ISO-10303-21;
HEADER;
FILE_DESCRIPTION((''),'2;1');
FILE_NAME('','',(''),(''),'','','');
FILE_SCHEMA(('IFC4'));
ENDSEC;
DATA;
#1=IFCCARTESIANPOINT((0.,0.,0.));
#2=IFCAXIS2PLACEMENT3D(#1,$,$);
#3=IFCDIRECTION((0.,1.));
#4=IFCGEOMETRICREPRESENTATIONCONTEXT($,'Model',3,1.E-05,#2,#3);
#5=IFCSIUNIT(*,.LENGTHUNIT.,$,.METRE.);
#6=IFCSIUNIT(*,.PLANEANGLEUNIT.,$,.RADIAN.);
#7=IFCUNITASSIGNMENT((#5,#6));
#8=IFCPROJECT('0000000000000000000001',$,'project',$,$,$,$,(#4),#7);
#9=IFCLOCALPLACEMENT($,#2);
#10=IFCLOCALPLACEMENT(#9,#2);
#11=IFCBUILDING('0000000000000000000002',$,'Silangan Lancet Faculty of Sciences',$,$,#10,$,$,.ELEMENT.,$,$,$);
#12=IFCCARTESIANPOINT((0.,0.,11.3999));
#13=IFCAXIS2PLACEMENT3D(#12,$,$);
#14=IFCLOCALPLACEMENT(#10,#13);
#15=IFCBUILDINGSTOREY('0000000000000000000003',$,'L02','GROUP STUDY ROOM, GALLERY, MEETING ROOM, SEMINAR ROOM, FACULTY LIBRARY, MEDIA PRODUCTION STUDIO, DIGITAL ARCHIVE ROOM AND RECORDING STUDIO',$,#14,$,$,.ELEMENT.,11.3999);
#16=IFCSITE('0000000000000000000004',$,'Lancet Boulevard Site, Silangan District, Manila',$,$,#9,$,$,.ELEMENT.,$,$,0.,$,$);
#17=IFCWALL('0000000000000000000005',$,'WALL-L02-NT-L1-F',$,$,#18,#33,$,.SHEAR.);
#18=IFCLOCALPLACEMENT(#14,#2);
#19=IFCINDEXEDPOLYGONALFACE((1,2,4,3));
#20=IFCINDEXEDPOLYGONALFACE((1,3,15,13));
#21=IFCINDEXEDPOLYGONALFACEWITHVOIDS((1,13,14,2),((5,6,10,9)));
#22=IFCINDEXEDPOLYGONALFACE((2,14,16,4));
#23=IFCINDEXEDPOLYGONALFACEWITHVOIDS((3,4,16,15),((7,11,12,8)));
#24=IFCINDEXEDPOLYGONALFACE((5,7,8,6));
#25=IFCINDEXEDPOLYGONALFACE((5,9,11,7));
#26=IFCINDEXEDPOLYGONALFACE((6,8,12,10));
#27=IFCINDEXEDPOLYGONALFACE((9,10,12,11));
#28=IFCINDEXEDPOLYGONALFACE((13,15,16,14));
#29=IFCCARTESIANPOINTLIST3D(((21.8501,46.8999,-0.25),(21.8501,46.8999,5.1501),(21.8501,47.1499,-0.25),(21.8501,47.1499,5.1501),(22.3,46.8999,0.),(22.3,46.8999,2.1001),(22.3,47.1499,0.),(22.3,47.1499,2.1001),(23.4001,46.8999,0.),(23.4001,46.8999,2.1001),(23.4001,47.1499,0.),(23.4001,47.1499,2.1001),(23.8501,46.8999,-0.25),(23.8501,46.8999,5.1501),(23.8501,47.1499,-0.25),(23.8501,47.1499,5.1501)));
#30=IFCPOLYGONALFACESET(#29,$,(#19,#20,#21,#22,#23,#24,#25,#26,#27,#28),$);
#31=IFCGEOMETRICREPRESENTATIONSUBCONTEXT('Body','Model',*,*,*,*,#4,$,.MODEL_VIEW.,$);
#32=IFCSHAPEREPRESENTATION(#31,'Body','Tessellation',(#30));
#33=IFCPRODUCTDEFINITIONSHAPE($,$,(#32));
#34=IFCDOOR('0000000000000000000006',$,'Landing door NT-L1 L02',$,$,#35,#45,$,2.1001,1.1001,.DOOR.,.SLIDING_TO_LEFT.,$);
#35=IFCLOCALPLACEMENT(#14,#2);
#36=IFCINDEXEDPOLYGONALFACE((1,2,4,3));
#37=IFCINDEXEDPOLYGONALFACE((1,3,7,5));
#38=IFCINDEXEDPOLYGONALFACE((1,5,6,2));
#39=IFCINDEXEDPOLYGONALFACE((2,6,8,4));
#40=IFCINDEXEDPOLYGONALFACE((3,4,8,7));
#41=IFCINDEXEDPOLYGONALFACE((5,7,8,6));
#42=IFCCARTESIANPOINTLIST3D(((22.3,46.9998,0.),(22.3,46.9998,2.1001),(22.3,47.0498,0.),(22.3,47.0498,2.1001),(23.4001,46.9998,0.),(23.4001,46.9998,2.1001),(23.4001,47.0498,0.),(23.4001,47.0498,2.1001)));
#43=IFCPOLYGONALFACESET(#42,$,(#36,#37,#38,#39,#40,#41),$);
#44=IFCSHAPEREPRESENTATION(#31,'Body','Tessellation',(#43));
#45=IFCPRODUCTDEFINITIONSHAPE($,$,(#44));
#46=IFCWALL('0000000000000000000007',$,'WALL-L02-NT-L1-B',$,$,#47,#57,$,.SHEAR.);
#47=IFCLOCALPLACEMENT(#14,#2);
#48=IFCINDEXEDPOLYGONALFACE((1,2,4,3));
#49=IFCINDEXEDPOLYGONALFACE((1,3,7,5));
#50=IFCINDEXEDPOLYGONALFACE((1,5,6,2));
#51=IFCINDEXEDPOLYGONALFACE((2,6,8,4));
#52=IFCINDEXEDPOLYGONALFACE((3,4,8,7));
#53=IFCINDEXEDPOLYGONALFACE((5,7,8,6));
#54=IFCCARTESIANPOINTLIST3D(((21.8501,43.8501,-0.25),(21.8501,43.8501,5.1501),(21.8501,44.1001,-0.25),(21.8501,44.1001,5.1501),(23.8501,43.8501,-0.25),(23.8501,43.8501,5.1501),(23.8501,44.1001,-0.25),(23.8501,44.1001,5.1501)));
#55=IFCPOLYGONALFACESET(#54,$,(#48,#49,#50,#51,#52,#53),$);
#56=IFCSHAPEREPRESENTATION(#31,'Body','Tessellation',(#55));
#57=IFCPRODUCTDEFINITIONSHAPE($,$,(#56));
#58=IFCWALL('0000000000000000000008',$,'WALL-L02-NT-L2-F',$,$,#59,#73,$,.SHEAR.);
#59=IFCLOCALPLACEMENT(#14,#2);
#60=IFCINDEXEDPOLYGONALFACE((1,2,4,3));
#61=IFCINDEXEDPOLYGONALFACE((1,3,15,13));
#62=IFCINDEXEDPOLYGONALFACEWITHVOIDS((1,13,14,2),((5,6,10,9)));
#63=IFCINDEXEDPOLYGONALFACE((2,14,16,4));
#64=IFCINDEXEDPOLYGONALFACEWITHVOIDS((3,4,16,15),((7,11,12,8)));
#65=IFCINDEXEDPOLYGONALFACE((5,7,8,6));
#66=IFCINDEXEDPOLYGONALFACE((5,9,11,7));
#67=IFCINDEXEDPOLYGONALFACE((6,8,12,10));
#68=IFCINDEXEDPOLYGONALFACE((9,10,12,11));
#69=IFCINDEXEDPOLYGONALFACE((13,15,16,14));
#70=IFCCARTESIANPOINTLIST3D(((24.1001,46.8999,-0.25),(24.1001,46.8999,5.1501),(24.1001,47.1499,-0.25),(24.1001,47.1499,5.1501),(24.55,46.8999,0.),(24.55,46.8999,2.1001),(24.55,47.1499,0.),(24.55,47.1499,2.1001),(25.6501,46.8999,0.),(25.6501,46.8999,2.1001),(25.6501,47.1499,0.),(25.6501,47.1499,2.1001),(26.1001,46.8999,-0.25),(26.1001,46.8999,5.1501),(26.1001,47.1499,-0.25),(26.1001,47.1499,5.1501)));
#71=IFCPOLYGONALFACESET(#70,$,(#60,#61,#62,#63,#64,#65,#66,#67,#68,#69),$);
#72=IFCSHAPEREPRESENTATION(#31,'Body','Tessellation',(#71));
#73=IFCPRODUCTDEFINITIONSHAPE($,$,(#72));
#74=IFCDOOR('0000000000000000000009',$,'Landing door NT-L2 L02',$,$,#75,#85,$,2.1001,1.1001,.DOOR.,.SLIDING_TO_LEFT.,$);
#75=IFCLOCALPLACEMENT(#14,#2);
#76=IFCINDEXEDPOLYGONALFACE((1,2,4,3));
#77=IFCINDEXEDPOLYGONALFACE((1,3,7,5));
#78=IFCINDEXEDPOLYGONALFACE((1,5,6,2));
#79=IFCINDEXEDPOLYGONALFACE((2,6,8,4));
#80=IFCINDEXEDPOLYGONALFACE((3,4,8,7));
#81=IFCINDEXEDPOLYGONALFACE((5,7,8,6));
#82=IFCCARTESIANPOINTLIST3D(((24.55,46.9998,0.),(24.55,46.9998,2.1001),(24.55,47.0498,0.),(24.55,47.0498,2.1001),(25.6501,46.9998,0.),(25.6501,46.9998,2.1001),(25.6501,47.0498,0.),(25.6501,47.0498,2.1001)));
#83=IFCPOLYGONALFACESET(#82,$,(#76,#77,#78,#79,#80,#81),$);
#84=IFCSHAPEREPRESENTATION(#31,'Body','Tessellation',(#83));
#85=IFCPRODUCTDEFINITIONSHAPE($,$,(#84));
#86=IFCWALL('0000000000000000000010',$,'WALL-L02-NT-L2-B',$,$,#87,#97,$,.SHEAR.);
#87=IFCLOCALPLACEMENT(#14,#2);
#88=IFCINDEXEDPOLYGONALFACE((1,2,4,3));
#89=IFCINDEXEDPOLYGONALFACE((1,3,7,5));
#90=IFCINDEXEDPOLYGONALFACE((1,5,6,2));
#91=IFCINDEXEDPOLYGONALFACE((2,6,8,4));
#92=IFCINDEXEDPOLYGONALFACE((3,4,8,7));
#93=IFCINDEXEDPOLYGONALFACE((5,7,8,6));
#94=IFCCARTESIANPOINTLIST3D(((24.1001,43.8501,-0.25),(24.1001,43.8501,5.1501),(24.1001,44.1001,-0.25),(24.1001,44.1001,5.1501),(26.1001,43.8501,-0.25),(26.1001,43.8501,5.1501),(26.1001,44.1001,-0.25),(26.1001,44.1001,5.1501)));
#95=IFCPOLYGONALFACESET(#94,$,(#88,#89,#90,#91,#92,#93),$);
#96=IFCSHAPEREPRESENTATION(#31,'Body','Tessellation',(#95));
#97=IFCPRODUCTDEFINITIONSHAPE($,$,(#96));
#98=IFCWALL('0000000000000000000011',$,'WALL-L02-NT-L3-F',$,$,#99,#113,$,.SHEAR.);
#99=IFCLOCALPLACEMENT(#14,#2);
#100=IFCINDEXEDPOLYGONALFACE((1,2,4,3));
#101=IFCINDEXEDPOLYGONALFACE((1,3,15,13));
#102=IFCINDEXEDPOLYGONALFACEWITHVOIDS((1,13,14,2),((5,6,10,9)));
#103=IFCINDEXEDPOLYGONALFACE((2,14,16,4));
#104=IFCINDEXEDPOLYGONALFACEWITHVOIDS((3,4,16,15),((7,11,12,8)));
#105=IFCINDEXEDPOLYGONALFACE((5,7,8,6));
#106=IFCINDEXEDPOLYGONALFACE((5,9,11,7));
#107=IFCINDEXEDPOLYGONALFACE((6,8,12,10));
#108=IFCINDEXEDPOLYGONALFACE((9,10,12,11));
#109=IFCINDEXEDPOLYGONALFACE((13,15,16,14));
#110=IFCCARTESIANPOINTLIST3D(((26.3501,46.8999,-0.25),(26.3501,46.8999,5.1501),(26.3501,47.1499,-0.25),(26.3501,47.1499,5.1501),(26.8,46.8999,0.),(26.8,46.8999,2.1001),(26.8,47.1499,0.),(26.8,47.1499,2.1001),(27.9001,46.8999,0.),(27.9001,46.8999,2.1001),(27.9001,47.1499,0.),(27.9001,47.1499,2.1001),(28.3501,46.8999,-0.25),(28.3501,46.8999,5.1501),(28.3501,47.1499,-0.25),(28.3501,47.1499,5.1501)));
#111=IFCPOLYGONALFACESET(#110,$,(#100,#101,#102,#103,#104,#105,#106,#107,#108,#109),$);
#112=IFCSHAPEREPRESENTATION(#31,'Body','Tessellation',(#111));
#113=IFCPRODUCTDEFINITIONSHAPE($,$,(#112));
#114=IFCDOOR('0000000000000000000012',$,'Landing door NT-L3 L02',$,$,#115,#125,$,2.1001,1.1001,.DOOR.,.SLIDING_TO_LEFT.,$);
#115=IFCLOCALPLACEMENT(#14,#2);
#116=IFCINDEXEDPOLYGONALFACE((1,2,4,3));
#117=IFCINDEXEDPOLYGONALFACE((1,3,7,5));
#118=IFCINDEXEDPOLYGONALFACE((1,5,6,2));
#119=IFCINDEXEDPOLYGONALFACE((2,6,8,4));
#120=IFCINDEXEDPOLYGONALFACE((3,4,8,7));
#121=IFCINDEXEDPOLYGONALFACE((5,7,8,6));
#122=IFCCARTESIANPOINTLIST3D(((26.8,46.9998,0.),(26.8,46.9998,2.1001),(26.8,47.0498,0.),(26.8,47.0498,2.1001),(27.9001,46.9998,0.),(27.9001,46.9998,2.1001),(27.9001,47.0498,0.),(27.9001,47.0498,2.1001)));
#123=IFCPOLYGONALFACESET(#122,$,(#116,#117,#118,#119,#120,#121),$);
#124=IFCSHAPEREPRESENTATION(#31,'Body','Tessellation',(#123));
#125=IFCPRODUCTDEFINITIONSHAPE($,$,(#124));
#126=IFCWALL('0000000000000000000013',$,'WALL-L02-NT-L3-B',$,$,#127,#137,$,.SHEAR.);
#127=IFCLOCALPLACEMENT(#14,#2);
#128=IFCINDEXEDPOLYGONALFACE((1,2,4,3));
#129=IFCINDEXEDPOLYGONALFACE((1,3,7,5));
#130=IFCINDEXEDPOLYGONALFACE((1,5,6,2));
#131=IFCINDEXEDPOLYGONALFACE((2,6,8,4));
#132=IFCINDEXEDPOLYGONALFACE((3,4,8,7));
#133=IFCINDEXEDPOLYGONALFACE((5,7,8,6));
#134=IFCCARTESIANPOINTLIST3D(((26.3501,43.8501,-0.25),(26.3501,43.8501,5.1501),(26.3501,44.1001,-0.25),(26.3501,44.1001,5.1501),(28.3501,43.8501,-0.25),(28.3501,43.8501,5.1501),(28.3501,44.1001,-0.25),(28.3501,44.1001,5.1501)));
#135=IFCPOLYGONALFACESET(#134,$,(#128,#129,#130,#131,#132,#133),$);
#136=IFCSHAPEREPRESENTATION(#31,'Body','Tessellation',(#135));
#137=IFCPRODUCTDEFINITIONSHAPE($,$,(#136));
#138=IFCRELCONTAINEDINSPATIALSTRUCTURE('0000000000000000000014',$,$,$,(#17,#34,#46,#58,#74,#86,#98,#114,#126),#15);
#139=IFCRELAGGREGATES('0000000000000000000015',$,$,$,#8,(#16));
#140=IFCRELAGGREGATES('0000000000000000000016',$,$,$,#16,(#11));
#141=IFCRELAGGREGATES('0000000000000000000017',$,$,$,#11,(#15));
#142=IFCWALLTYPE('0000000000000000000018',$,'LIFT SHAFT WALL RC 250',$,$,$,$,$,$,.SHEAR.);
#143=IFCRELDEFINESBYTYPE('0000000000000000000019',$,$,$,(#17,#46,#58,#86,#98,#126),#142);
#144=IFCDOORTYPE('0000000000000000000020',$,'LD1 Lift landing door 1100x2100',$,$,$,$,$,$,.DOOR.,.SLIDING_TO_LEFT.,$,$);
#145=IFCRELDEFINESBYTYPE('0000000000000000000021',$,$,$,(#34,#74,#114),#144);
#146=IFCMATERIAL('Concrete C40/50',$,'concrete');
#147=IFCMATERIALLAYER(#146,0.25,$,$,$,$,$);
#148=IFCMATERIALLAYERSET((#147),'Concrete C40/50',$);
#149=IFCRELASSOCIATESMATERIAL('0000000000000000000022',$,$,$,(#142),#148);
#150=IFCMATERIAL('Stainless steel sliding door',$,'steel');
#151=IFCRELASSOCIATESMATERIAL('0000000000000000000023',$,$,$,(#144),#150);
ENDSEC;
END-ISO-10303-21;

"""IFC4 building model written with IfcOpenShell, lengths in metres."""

from ifc_helpers import new_model, si_unit, direction, frame, frame_2d, origin, place, context, subcontext, project, spatial, rectangle, extrude, material, layer, layer_set, type_object, element, fill, save


model = new_model("IFC4")

# Units and contexts
model_context = context("Model", 3, precision=1e-05, world=origin(), true_north=direction((0.0, 1.0)))
body_context = subcontext(model_context, "Body", "Model", "MODEL_VIEW")
ifc_project = project(units=[si_unit("LENGTHUNIT", "METRE"), si_unit("PLANEANGLEUNIT", "RADIAN")], contexts=[model_context])

# Site, building, storey
site_placement = place(None, origin())
site = spatial("IfcSite", under=ifc_project, at=site_placement, Name="Lancet Boulevard Site, Silangan District, Manila", CompositionType="ELEMENT", RefElevation=0.0)
building_placement = place(site_placement, origin())
building = spatial("IfcBuilding", under=site, at=building_placement, Name="Silangan Lancet Faculty of Sciences", CompositionType="ELEMENT")
storey_placement = place(building_placement, frame((0.0, 0.0, 11.3999)))
storey = spatial("IfcBuildingStorey", under=building, at=storey_placement, Name="L02", Description="GROUP STUDY ROOM, GALLERY, MEETING ROOM, SEMINAR ROOM, FACULTY LIBRARY, MEDIA PRODUCTION STUDIO, DIGITAL ARCHIVE ROOM AND RECORDING STUDIO", CompositionType="ELEMENT", Elevation=11.3999)

# Shared definitions
ifc_material_1 = material(Name="Concrete C40/50", Category="concrete")
ifc_layer_1 = layer(ifc_material_1, 0.25)
ifc_layer_set_1 = layer_set([ifc_layer_1], Name="Concrete C40/50")
wall_type_1 = type_object("IfcWallType", Name="LIFT SHAFT WALL RC 250", PredefinedType="SHEAR", material=ifc_layer_set_1)

# Wall, opening, door
wall_1_placement = place(storey_placement, frame((21.8501, 47.0249, -0.25), z_axis=(0.0, 0.0, 1.0), x_axis=(1.0, 0.0, 0.0)))
wall_1 = element("IfcWall", 1, at=wall_1_placement, inside=storey, type_object=wall_type_1, Name="WALL-L02-NT-L1-F", PredefinedType="SHEAR", context=body_context, shape_type="SweptSolid", body=[
    extrude(rectangle(XDim=2.0, YDim=0.25, at=frame_2d((1.0, 0.0))), origin(), (0.0, 0.0, 1.0), 5.4001),
])
opening_1_placement = place(wall_1_placement, frame((0.45, 0.0, 0.25)))
opening_1 = element("IfcOpeningElement", 2, at=opening_1_placement, cuts=wall_1, PredefinedType="OPENING", context=body_context, shape_type="SweptSolid", body=[
    extrude(rectangle(XDim=1.1001, YDim=2.1001, at=frame_2d((0.55, 1.05))), frame((0.0, 0.135, 0.0), z_axis=(0.0, -1.0, 0.0), x_axis=(1.0, 0.0, 0.0)), (0.0, 0.0, 1.0), 0.27),
])
ifc_material_2 = material(Name="Stainless steel sliding door", Category="steel")
door_type_1 = type_object("IfcDoorType", Name="LD1 Lift landing door 1100x2100", OperationType="SLIDING_TO_LEFT", PredefinedType="DOOR", material=ifc_material_2)
door_1_placement = place(opening_1_placement, origin())
door_1 = element("IfcDoor", 3, at=door_1_placement, inside=storey, type_object=door_type_1, Name="Landing door NT-L1 L02", OperationType="SLIDING_TO_LEFT", OverallHeight=2.1001, OverallWidth=1.1001, PredefinedType="DOOR", context=body_context, shape_type="SweptSolid", body=[
    extrude(rectangle(XDim=1.1001, YDim=2.1001, at=frame_2d((0.55, 1.05))), frame((0.0, 0.0249, 0.0), z_axis=(0.0, -1.0, 0.0), x_axis=(1.0, 0.0, 0.0)), (0.0, 0.0, 1.0), 0.05),
])
fill(opening_1, door_1)

# Wall
wall_2_placement = place(storey_placement, frame((21.8501, 43.9751, -0.25), z_axis=(0.0, 0.0, 1.0), x_axis=(1.0, 0.0, 0.0)))
element("IfcWall", 4, at=wall_2_placement, inside=storey, type_object=wall_type_1, Name="WALL-L02-NT-L1-B", PredefinedType="SHEAR", context=body_context, shape_type="SweptSolid", body=[
    extrude(rectangle(XDim=2.0, YDim=0.25, at=frame_2d((1.0, 0.0))), origin(), (0.0, 0.0, 1.0), 5.4001),
])

# Wall, opening, door
wall_3_placement = place(storey_placement, frame((24.1001, 47.0249, -0.25), z_axis=(0.0, 0.0, 1.0), x_axis=(1.0, 0.0, 0.0)))
wall_3 = element("IfcWall", 5, at=wall_3_placement, inside=storey, type_object=wall_type_1, Name="WALL-L02-NT-L2-F", PredefinedType="SHEAR", context=body_context, shape_type="SweptSolid", body=[
    extrude(rectangle(XDim=2.0, YDim=0.25, at=frame_2d((1.0, 0.0))), origin(), (0.0, 0.0, 1.0), 5.4001),
])
opening_2_placement = place(wall_3_placement, frame((0.45, 0.0, 0.25)))
opening_2 = element("IfcOpeningElement", 6, at=opening_2_placement, cuts=wall_3, PredefinedType="OPENING", context=body_context, shape_type="SweptSolid", body=[
    extrude(rectangle(XDim=1.1001, YDim=2.1001, at=frame_2d((0.55, 1.05))), frame((0.0, 0.135, 0.0), z_axis=(0.0, -1.0, 0.0), x_axis=(1.0, 0.0, 0.0)), (0.0, 0.0, 1.0), 0.27),
])
door_2_placement = place(opening_2_placement, origin())
door_2 = element("IfcDoor", 7, at=door_2_placement, inside=storey, type_object=door_type_1, Name="Landing door NT-L2 L02", OperationType="SLIDING_TO_LEFT", OverallHeight=2.1001, OverallWidth=1.1001, PredefinedType="DOOR", context=body_context, shape_type="SweptSolid", body=[
    extrude(rectangle(XDim=1.1001, YDim=2.1001, at=frame_2d((0.55, 1.05))), frame((0.0, 0.0249, 0.0), z_axis=(0.0, -1.0, 0.0), x_axis=(1.0, 0.0, 0.0)), (0.0, 0.0, 1.0), 0.05),
])
fill(opening_2, door_2)

# Wall
wall_4_placement = place(storey_placement, frame((24.1001, 43.9751, -0.25), z_axis=(0.0, 0.0, 1.0), x_axis=(1.0, 0.0, 0.0)))
element("IfcWall", 8, at=wall_4_placement, inside=storey, type_object=wall_type_1, Name="WALL-L02-NT-L2-B", PredefinedType="SHEAR", context=body_context, shape_type="SweptSolid", body=[
    extrude(rectangle(XDim=2.0, YDim=0.25, at=frame_2d((1.0, 0.0))), origin(), (0.0, 0.0, 1.0), 5.4001),
])

# Wall, opening, door
wall_5_placement = place(storey_placement, frame((26.3501, 47.0249, -0.25), z_axis=(0.0, 0.0, 1.0), x_axis=(1.0, 0.0, 0.0)))
wall_5 = element("IfcWall", 9, at=wall_5_placement, inside=storey, type_object=wall_type_1, Name="WALL-L02-NT-L3-F", PredefinedType="SHEAR", context=body_context, shape_type="SweptSolid", body=[
    extrude(rectangle(XDim=2.0, YDim=0.25, at=frame_2d((1.0, 0.0))), origin(), (0.0, 0.0, 1.0), 5.4001),
])
opening_3_placement = place(wall_5_placement, frame((0.45, 0.0, 0.25)))
opening_3 = element("IfcOpeningElement", 10, at=opening_3_placement, cuts=wall_5, PredefinedType="OPENING", context=body_context, shape_type="SweptSolid", body=[
    extrude(rectangle(XDim=1.1001, YDim=2.1001, at=frame_2d((0.55, 1.05))), frame((0.0, 0.135, 0.0), z_axis=(0.0, -1.0, 0.0), x_axis=(1.0, 0.0, 0.0)), (0.0, 0.0, 1.0), 0.27),
])
door_3_placement = place(opening_3_placement, origin())
door_3 = element("IfcDoor", 11, at=door_3_placement, inside=storey, type_object=door_type_1, Name="Landing door NT-L3 L02", OperationType="SLIDING_TO_LEFT", OverallHeight=2.1001, OverallWidth=1.1001, PredefinedType="DOOR", context=body_context, shape_type="SweptSolid", body=[
    extrude(rectangle(XDim=1.1001, YDim=2.1001, at=frame_2d((0.55, 1.05))), frame((0.0, 0.0249, 0.0), z_axis=(0.0, -1.0, 0.0), x_axis=(1.0, 0.0, 0.0)), (0.0, 0.0, 1.0), 0.05),
])
fill(opening_3, door_3)

# Wall
wall_6_placement = place(storey_placement, frame((26.3501, 43.9751, -0.25), z_axis=(0.0, 0.0, 1.0), x_axis=(1.0, 0.0, 0.0)))
element("IfcWall", 12, at=wall_6_placement, inside=storey, type_object=wall_type_1, Name="WALL-L02-NT-L3-B", PredefinedType="SHEAR", context=body_context, shape_type="SweptSolid", body=[
    extrude(rectangle(XDim=2.0, YDim=0.25, at=frame_2d((1.0, 0.0))), origin(), (0.0, 0.0, 1.0), 5.4001),
])

save(model, "model.ifc")
